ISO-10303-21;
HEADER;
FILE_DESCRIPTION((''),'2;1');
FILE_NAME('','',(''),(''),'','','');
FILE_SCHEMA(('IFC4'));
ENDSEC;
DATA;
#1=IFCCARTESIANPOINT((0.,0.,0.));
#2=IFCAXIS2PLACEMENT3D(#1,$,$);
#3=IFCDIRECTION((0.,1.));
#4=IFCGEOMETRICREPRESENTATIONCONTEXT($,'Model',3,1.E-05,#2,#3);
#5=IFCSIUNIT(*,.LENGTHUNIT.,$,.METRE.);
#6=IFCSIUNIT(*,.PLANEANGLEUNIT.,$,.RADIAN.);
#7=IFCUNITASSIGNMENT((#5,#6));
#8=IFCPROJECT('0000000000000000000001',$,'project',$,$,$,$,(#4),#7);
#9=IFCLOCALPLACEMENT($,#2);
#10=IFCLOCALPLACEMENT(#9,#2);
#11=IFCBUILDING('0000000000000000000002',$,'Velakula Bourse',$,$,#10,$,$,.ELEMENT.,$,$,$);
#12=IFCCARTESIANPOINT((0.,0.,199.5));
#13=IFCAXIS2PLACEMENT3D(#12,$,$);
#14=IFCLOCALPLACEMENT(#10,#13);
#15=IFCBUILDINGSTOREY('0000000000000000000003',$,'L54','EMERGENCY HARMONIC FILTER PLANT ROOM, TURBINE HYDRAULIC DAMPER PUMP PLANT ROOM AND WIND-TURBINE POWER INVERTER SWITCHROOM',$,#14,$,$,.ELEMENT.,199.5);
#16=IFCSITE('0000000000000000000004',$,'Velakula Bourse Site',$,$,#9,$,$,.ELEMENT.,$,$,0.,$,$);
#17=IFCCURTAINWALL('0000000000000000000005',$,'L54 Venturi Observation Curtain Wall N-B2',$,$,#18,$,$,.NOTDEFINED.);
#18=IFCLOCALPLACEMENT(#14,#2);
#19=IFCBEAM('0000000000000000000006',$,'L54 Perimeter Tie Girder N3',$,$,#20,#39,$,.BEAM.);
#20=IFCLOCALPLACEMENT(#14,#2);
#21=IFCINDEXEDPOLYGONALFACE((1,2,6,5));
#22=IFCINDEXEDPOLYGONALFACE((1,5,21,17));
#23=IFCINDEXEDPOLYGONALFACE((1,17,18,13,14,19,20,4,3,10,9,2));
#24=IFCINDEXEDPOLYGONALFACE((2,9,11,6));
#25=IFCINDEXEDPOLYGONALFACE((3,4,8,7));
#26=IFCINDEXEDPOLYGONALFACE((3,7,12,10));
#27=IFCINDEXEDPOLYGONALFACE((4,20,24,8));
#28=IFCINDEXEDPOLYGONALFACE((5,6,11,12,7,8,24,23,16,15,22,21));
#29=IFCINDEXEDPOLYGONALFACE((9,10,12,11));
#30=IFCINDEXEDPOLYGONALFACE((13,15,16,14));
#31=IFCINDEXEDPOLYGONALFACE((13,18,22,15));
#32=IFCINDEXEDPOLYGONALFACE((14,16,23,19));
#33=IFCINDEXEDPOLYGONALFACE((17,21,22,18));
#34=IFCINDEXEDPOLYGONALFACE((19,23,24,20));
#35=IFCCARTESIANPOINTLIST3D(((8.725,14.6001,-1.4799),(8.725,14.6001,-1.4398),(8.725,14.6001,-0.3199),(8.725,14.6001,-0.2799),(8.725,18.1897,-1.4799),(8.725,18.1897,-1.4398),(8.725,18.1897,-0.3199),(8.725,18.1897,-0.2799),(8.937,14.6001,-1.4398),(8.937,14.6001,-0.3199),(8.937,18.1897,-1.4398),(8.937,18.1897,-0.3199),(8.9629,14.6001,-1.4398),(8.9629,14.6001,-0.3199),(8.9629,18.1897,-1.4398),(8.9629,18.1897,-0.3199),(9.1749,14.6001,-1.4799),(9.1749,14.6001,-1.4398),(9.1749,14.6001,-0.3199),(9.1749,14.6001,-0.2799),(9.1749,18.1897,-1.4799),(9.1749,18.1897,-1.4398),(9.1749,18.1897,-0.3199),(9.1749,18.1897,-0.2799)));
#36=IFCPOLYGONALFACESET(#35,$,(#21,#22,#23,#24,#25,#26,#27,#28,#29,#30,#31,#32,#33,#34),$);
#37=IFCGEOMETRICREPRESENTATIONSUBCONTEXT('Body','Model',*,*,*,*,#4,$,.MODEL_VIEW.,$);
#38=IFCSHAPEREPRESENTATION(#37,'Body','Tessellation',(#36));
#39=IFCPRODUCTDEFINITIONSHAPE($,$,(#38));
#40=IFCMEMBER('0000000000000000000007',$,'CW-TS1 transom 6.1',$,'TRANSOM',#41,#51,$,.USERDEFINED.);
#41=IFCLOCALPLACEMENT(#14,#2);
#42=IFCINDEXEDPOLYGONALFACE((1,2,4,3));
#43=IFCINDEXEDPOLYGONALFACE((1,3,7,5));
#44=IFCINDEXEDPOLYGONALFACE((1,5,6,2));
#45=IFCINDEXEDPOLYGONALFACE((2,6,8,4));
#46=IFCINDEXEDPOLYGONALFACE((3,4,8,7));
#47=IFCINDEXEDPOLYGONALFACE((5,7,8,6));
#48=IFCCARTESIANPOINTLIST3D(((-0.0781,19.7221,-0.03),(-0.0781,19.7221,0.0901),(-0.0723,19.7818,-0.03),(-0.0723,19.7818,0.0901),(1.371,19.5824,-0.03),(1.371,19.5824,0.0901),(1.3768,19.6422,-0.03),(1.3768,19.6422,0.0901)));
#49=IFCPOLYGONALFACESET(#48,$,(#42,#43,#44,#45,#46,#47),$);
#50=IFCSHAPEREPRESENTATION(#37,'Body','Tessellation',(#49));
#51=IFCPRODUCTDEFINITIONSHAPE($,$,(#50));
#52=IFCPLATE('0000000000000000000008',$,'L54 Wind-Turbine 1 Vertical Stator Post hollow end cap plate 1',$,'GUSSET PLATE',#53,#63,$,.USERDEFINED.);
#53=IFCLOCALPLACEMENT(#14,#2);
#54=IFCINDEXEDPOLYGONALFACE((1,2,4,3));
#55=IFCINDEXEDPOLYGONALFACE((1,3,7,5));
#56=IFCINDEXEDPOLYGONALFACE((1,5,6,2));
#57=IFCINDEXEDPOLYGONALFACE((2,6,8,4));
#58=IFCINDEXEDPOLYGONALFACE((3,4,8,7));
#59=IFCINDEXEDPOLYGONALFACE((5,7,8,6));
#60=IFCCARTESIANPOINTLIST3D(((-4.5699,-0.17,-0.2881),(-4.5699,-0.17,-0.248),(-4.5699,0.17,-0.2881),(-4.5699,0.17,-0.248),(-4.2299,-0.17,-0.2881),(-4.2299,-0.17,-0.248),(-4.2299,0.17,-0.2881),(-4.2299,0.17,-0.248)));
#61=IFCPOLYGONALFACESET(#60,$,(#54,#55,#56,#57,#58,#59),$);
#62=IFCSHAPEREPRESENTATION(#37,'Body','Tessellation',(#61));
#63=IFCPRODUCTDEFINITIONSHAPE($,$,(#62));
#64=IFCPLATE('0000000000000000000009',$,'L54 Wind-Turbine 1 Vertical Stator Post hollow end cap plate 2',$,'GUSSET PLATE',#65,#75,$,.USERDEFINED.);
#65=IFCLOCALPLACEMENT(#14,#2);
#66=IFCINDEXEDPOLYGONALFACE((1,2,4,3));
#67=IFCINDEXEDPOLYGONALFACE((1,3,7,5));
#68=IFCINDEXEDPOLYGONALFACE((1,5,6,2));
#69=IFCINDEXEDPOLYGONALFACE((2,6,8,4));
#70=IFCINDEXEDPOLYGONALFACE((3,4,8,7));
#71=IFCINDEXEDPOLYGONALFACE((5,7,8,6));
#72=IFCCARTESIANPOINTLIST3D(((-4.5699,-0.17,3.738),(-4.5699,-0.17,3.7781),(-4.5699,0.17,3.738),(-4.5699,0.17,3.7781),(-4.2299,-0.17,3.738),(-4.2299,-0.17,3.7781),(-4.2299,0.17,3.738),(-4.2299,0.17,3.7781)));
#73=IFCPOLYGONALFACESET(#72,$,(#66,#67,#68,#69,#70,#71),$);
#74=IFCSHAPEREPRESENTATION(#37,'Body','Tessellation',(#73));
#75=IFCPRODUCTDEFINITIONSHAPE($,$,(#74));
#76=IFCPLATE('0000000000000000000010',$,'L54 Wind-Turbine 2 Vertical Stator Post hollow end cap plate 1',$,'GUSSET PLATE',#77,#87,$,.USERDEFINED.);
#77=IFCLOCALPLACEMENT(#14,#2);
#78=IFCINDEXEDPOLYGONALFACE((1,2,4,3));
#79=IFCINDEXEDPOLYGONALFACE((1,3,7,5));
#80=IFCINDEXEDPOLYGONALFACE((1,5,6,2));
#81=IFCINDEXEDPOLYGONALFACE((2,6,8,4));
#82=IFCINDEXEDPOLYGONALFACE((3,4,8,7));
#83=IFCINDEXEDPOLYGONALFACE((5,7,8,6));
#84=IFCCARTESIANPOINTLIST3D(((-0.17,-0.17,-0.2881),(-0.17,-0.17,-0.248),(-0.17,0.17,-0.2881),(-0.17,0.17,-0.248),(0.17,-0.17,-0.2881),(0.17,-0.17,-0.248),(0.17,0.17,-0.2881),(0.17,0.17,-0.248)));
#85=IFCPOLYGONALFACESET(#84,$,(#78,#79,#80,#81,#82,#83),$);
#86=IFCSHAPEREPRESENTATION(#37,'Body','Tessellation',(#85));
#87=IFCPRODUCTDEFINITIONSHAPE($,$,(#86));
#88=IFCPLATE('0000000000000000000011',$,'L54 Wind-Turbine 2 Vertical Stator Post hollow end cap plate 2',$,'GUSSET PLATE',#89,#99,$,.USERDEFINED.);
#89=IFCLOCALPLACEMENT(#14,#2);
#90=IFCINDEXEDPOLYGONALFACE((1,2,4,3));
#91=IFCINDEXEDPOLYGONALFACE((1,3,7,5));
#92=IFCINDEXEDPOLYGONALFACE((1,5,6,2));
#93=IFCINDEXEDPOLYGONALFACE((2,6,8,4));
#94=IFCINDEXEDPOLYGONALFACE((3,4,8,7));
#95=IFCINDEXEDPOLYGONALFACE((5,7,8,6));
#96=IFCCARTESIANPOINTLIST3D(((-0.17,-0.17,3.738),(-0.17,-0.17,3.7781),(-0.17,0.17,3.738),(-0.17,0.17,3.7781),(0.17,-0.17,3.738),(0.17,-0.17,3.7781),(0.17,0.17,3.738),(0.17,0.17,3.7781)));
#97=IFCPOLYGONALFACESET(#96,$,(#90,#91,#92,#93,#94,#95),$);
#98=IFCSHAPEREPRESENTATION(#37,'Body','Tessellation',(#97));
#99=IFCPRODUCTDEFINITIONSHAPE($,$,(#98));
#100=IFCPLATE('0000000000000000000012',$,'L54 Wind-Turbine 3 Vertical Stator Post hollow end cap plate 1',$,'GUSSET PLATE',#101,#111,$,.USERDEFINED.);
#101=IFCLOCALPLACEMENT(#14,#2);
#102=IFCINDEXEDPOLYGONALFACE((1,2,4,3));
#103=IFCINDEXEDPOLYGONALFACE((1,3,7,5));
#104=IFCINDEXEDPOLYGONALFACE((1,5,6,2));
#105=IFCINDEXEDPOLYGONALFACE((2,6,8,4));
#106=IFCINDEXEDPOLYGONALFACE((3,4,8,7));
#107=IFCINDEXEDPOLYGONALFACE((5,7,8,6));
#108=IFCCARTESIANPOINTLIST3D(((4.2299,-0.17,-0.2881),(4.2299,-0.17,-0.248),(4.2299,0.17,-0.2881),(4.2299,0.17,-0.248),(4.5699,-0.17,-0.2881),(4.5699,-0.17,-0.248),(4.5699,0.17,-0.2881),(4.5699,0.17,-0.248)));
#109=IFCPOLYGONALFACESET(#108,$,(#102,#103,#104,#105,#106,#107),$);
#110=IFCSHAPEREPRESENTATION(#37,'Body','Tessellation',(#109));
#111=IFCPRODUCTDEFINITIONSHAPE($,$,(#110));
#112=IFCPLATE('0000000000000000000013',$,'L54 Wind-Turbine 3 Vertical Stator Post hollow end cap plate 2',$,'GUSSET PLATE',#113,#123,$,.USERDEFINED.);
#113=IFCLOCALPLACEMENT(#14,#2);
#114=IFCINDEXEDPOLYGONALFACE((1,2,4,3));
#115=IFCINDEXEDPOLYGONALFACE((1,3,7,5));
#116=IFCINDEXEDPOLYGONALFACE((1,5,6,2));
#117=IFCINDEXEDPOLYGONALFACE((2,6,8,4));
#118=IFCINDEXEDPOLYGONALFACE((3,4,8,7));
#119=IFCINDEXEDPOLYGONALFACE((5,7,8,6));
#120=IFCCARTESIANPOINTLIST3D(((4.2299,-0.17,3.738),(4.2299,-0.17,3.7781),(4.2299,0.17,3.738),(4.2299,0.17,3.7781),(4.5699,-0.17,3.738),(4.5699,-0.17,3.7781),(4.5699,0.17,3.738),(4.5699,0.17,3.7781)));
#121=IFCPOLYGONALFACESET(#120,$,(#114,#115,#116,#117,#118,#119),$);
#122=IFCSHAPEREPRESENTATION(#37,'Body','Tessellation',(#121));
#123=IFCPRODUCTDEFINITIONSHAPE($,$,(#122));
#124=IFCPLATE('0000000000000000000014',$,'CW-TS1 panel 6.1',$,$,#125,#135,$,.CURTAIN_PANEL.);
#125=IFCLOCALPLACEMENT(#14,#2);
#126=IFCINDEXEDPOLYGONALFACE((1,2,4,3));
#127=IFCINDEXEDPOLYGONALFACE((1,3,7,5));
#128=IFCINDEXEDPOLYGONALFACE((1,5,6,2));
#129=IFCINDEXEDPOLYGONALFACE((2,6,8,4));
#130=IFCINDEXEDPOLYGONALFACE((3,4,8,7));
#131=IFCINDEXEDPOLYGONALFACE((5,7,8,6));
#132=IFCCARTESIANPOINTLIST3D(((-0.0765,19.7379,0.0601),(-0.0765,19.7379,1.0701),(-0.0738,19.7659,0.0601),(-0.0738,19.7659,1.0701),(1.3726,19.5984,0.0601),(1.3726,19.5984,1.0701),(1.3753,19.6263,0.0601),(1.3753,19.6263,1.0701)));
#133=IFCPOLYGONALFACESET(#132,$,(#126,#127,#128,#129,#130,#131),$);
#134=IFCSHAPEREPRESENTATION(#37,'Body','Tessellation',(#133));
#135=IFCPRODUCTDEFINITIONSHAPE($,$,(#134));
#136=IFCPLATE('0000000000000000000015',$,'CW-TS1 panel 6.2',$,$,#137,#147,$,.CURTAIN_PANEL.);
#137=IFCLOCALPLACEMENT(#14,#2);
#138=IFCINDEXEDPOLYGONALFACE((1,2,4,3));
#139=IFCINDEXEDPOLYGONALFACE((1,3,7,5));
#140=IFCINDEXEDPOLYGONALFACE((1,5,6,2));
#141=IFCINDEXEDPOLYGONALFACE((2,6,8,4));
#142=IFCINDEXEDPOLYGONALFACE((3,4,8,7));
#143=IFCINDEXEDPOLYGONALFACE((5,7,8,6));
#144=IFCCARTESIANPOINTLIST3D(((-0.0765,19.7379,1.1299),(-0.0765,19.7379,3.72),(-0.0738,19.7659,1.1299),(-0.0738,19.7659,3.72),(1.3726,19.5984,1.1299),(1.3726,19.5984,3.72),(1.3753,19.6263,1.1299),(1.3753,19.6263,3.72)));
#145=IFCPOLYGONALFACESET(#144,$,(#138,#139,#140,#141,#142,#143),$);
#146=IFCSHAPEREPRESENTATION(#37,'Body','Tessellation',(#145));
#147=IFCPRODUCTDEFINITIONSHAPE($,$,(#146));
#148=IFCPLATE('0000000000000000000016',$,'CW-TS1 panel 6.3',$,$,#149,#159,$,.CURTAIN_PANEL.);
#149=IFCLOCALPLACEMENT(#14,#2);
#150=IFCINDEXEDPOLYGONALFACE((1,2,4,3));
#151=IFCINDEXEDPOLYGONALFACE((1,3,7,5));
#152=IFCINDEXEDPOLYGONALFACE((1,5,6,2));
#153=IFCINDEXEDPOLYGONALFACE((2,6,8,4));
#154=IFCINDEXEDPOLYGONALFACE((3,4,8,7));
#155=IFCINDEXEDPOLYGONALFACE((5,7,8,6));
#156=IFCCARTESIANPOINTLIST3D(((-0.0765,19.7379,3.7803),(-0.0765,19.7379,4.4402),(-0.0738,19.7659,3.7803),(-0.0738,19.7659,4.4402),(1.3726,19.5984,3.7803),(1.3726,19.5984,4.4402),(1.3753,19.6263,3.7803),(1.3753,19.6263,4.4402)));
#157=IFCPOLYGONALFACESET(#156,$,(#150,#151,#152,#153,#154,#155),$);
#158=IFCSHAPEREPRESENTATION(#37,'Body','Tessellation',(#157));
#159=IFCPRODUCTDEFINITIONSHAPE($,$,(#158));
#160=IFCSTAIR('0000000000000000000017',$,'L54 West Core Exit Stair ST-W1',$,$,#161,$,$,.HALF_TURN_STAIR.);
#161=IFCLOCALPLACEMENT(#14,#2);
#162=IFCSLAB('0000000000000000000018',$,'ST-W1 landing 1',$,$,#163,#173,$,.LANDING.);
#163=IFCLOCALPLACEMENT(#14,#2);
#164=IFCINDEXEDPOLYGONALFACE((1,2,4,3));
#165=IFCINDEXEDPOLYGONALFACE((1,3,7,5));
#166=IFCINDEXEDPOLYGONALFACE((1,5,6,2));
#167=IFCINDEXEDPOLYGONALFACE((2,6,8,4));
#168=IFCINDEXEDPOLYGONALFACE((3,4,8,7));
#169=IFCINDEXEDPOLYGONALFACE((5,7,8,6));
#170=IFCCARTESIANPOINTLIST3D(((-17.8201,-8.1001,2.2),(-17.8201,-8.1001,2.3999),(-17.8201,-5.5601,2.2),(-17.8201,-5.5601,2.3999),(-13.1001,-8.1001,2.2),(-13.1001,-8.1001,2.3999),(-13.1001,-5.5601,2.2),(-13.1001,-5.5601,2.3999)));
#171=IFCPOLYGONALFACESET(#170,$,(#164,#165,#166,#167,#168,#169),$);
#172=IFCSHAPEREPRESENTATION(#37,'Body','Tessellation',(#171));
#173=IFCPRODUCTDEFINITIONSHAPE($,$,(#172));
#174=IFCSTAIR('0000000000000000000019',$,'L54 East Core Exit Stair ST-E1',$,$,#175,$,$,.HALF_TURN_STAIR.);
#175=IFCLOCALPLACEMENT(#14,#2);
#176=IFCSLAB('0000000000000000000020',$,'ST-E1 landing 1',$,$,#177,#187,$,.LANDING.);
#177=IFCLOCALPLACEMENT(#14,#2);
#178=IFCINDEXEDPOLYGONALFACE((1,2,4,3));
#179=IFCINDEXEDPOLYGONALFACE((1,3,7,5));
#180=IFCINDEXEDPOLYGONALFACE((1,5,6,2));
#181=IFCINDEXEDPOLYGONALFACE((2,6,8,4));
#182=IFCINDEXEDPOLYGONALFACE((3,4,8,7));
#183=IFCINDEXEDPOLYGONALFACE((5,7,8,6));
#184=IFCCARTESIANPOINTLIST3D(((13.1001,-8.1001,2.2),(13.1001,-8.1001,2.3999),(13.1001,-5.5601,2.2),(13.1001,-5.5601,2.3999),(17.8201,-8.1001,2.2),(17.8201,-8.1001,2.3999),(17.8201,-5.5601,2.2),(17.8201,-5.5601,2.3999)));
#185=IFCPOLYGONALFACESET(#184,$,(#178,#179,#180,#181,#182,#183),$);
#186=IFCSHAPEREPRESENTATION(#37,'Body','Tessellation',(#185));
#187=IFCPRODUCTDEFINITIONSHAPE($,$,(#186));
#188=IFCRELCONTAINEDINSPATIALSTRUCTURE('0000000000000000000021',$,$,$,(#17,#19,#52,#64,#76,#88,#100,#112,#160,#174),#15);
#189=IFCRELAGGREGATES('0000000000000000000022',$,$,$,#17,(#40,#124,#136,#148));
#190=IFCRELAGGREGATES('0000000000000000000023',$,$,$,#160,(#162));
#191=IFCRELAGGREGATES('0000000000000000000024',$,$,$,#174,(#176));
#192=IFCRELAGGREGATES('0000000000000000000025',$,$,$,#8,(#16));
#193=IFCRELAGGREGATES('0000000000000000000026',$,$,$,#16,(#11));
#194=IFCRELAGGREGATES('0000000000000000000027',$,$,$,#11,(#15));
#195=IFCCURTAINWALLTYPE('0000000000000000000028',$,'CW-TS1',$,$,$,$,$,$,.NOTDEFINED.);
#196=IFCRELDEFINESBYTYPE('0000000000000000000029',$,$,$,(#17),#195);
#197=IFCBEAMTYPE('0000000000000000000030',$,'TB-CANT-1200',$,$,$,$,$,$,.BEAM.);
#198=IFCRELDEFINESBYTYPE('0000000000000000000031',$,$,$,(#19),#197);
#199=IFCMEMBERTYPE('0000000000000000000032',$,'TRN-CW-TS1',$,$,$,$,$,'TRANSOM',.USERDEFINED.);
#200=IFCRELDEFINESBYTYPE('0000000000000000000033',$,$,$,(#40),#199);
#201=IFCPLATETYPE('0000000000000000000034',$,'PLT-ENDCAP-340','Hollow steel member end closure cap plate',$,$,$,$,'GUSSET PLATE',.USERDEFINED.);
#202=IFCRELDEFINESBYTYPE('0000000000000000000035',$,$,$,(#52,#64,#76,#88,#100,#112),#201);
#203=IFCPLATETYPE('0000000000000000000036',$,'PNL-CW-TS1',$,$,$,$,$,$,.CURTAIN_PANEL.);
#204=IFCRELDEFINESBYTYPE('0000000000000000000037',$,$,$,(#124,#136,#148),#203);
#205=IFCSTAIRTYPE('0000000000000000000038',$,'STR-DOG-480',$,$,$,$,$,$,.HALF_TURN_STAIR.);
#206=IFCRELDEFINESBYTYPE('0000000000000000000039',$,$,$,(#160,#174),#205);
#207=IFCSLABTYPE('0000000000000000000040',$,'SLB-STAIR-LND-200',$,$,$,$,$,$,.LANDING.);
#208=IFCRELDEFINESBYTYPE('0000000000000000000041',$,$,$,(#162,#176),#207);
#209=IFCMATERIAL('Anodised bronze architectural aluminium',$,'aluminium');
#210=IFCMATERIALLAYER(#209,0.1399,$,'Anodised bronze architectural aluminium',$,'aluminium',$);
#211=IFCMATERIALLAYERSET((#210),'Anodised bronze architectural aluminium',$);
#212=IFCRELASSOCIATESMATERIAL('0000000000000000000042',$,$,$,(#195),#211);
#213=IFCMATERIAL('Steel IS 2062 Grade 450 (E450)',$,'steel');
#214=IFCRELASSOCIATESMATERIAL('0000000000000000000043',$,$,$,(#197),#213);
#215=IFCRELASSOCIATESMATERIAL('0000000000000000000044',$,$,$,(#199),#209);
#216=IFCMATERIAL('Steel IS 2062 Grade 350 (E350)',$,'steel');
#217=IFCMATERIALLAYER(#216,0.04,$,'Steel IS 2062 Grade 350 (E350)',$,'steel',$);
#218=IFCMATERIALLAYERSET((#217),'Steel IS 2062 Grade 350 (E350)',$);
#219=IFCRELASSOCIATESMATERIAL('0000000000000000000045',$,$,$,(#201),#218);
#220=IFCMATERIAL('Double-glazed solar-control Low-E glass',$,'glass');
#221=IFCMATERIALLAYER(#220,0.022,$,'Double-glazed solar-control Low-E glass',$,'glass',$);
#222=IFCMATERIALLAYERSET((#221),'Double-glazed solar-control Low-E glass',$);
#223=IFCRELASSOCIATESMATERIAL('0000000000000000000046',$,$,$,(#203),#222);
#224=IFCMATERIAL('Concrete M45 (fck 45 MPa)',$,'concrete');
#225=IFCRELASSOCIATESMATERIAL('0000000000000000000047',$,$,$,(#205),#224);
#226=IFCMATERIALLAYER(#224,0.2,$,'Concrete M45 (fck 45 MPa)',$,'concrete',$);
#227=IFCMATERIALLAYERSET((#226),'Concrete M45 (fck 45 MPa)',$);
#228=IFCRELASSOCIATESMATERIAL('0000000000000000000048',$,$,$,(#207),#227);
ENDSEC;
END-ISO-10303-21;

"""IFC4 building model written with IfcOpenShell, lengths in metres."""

from ifc_helpers import new_model, si_unit, direction, frame, origin, origin_2d, place, context, subcontext, project, spatial, polyline, rectangle, i_section, outline, extrude, material, layer, layer_set, material_profile, profile_set, type_object, element, aggregate, save


model = new_model("IFC4")

# Units and contexts
model_context = context("Model", 3, precision=1e-05, world=origin(), true_north=direction((0.0, 1.0)))
body_context = subcontext(model_context, "Body", "Model", "MODEL_VIEW")
ifc_project = project(units=[si_unit("LENGTHUNIT", "METRE"), si_unit("PLANEANGLEUNIT", "RADIAN")], contexts=[model_context])

# Site, building, storey
site_placement = place(None, origin())
site = spatial("IfcSite", under=ifc_project, at=site_placement, Name="Velakula Bourse Site", CompositionType="ELEMENT", RefElevation=0.0)
building_placement = place(site_placement, origin())
building = spatial("IfcBuilding", under=site, at=building_placement, Name="Velakula Bourse", CompositionType="ELEMENT")
storey_placement = place(building_placement, frame((0.0, 0.0, 199.5)))
storey = spatial("IfcBuildingStorey", under=building, at=storey_placement, Name="L54", Description="EMERGENCY HARMONIC FILTER PLANT ROOM, TURBINE HYDRAULIC DAMPER PUMP PLANT ROOM AND WIND-TURBINE POWER INVERTER SWITCHROOM", CompositionType="ELEMENT", Elevation=199.5)

# Shared definitions
ifc_material_1 = material(Name="Steel IS 2062 Grade 350 (E350)", Category="steel")

# Curtain wall
ifc_material_2 = material(Name="Anodised bronze architectural aluminium", Category="aluminium")
ifc_layer_1 = layer(ifc_material_2, 0.1399, Name="Anodised bronze architectural aluminium", Category="aluminium")
ifc_layer_set_1 = layer_set([ifc_layer_1], Name="Anodised bronze architectural aluminium")
curtain_wall_type = type_object("IfcCurtainWallType", Name="CW-TS1", PredefinedType="NOTDEFINED", material=ifc_layer_set_1)
curtain_wall_placement = place(storey_placement, origin())
curtain_wall = element("IfcCurtainWall", 1, at=curtain_wall_placement, inside=storey, type_object=curtain_wall_type, Name="L54 Venturi Observation Curtain Wall N-B2", PredefinedType="NOTDEFINED")

# Beam
ifc_material_3 = material(Name="Steel IS 2062 Grade 450 (E450)", Category="steel")
ifc_material_profile_1 = material_profile(ifc_material_3, i_section(OverallWidth=0.45, OverallDepth=1.2, WebThickness=0.0259, FlangeThickness=0.04, at=origin_2d()), Name="Steel IS 2062 Grade 450 (E450)")
ifc_profile_set_1 = profile_set([ifc_material_profile_1], Name="Steel IS 2062 Grade 450 (E450)")
beam_type_1 = type_object("IfcBeamType", Name="TB-CANT-1200", PredefinedType="BEAM", material=ifc_profile_set_1)
beam_1_placement = place(storey_placement, frame((8.95, 14.6001, -0.8799), z_axis=(0.0, 1.0, 0.0), x_axis=(-1.0, 0.0, 0.0)))
element("IfcBeam", 2, at=beam_1_placement, inside=storey, type_object=beam_type_1, Name="L54 Perimeter Tie Girder N3", PredefinedType="BEAM", context=body_context, shape_type="SweptSolid", body=[
    extrude(i_section(OverallWidth=0.45, OverallDepth=1.2, WebThickness=0.0259, FlangeThickness=0.04, at=origin_2d()), origin(), (0.0, 0.0, 1.0), 3.5896),
])

# Member
ifc_material_profile_2 = material_profile(ifc_material_2, rectangle(XDim=0.0601, YDim=0.1201, at=origin_2d()), Name="Anodised bronze architectural aluminium")
ifc_profile_set_2 = profile_set([ifc_material_profile_2], Name="Anodised bronze architectural aluminium")
member_type_1 = type_object("IfcMemberType", Name="TRN-CW-TS1", ElementType="TRANSOM", PredefinedType="USERDEFINED", material=ifc_profile_set_2)
member_1_placement = place(storey_placement, frame((-0.0752, 19.752, 0.03), z_axis=(0.995389, -0.095917, 0.0), x_axis=(0.095917, 0.995389, 0.0)))
member_1 = element("IfcMember", 3, at=member_1_placement, type_object=member_type_1, Name="CW-TS1 transom 6.1", ObjectType="TRANSOM", PredefinedType="USERDEFINED", context=body_context, shape_type="SweptSolid", body=[
    extrude(rectangle(XDim=0.0601, YDim=0.1201, at=origin_2d()), origin(), (0.0, 0.0, 1.0), 1.4558),
])

# Plates
ifc_layer_2 = layer(ifc_material_1, 0.04, Name="Steel IS 2062 Grade 350 (E350)", Category="steel")
ifc_layer_set_2 = layer_set([ifc_layer_2], Name="Steel IS 2062 Grade 350 (E350)")
plate_type_1 = type_object("IfcPlateType", Name="PLT-ENDCAP-340", Description="Hollow steel member end closure cap plate", ElementType="GUSSET PLATE", PredefinedType="USERDEFINED", material=ifc_layer_set_2)
for number, where, z_axis, x_axis, name in (
    (4, (-4.3999, 0.0, -0.2881), (0.0, 0.0, 1.0), (1.0, 0.0, 0.0), "L54 Wind-Turbine 1 Vertical Stator Post hollow end cap plate 1"),
    (5, (-4.3999, 0.0, 3.738), (0.0, 0.0, 1.0), (1.0, 0.0, 0.0), "L54 Wind-Turbine 1 Vertical Stator Post hollow end cap plate 2"),
    (6, (0.0, 0.0, -0.2881), (0.0, 0.0, 1.0), (1.0, 0.0, 0.0), "L54 Wind-Turbine 2 Vertical Stator Post hollow end cap plate 1"),
    (7, (0.0, 0.0, 3.738), (0.0, 0.0, 1.0), (1.0, 0.0, 0.0), "L54 Wind-Turbine 2 Vertical Stator Post hollow end cap plate 2"),
    (8, (4.3999, 0.0, -0.2881), (0.0, 0.0, 1.0), (1.0, 0.0, 0.0), "L54 Wind-Turbine 3 Vertical Stator Post hollow end cap plate 1"),
    (9, (4.3999, 0.0, 3.738), (0.0, 0.0, 1.0), (1.0, 0.0, 0.0), "L54 Wind-Turbine 3 Vertical Stator Post hollow end cap plate 2"),
):
    element("IfcPlate", number, at=place(storey_placement, frame(where, z_axis=z_axis, x_axis=x_axis)), inside=storey, type_object=plate_type_1, Name=name, ObjectType="GUSSET PLATE", PredefinedType="USERDEFINED", context=body_context, shape_type="SweptSolid", body=[
        extrude(rectangle(XDim=0.3401, YDim=0.3401, at=origin_2d()), origin(), (0.0, 0.0, 1.0), 0.04),
    ])

# Plates
ifc_material_4 = material(Name="Double-glazed solar-control Low-E glass", Category="glass")
ifc_layer_3 = layer(ifc_material_4, 0.022, Name="Double-glazed solar-control Low-E glass", Category="glass")
ifc_layer_set_3 = layer_set([ifc_layer_3], Name="Double-glazed solar-control Low-E glass")
plate_type_2 = type_object("IfcPlateType", Name="PNL-CW-TS1", PredefinedType="CURTAIN_PANEL", material=ifc_layer_set_3)
plate_1_placement = place(storey_placement, frame((0.6494, 19.6821, 0.0601), z_axis=(0.0, 0.0, 1.0), x_axis=(0.995396, -0.095849, 0.0)))
plate_1 = element("IfcPlate", 10, at=plate_1_placement, type_object=plate_type_2, Name="CW-TS1 panel 6.1", PredefinedType="CURTAIN_PANEL", context=body_context, shape_type="SweptSolid", body=[
    extrude(rectangle(XDim=1.4558, YDim=0.0281, at=origin_2d()), origin(), (0.0, 0.0, 1.0), 1.01),
])
plate_2_placement = place(storey_placement, frame((0.6494, 19.6821, 1.1299), z_axis=(0.0, 0.0, 1.0), x_axis=(0.995396, -0.095849, 0.0)))
plate_2 = element("IfcPlate", 11, at=plate_2_placement, type_object=plate_type_2, Name="CW-TS1 panel 6.2", PredefinedType="CURTAIN_PANEL", context=body_context, shape_type="SweptSolid", body=[
    extrude(rectangle(XDim=1.4558, YDim=0.0281, at=origin_2d()), origin(), (0.0, 0.0, 1.0), 2.5901),
])
plate_3_placement = place(storey_placement, frame((0.6494, 19.6821, 3.7803), z_axis=(0.0, 0.0, 1.0), x_axis=(0.995396, -0.095849, 0.0)))
plate_3 = element("IfcPlate", 12, at=plate_3_placement, type_object=plate_type_2, Name="CW-TS1 panel 6.3", PredefinedType="CURTAIN_PANEL", context=body_context, shape_type="SweptSolid", body=[
    extrude(rectangle(XDim=1.4558, YDim=0.0281, at=origin_2d()), origin(), (0.0, 0.0, 1.0), 0.6599),
])
aggregate(curtain_wall, [member_1, plate_1, plate_2, plate_3])

# Stairs, slabs
ifc_material_5 = material(Name="Concrete M45 (fck 45 MPa)", Category="concrete")
stair_type = type_object("IfcStairType", Name="STR-DOG-480", PredefinedType="HALF_TURN_STAIR", material=ifc_material_5)
stair_1_placement = place(storey_placement, origin())
stair_1 = element("IfcStair", 13, at=stair_1_placement, inside=storey, type_object=stair_type, Name="L54 West Core Exit Stair ST-W1", PredefinedType="HALF_TURN_STAIR")
ifc_layer_4 = layer(ifc_material_5, 0.2, Name="Concrete M45 (fck 45 MPa)", Category="concrete")
ifc_layer_set_4 = layer_set([ifc_layer_4], Name="Concrete M45 (fck 45 MPa)")
slab_type_1 = type_object("IfcSlabType", Name="SLB-STAIR-LND-200", PredefinedType="LANDING", material=ifc_layer_set_4)
slab_1_placement = place(storey_placement, frame((0.0, 0.0, 2.2)))
slab_1 = element("IfcSlab", 14, at=slab_1_placement, type_object=slab_type_1, Name="ST-W1 landing 1", PredefinedType="LANDING", context=body_context, shape_type="SweptSolid", body=[
    extrude(outline(polyline([(-17.8201, -5.5601), (-17.8201, -8.1001), (-13.1001, -8.1001), (-13.1001, -5.5601), (-17.8201, -5.5601)])), origin(), (0.0, 0.0, 1.0), 0.2),
])
aggregate(stair_1, [slab_1])
stair_2_placement = place(storey_placement, origin())
stair_2 = element("IfcStair", 15, at=stair_2_placement, inside=storey, type_object=stair_type, Name="L54 East Core Exit Stair ST-E1", PredefinedType="HALF_TURN_STAIR")
slab_2_placement = place(storey_placement, frame((0.0, 0.0, 2.2)))
slab_2 = element("IfcSlab", 16, at=slab_2_placement, type_object=slab_type_1, Name="ST-E1 landing 1", PredefinedType="LANDING", context=body_context, shape_type="SweptSolid", body=[
    extrude(outline(polyline([(13.1001, -5.5601), (13.1001, -8.1001), (17.8201, -8.1001), (17.8201, -5.5601), (13.1001, -5.5601)])), origin(), (0.0, 0.0, 1.0), 0.2),
])
aggregate(stair_2, [slab_2])

save(model, "model.ifc")
